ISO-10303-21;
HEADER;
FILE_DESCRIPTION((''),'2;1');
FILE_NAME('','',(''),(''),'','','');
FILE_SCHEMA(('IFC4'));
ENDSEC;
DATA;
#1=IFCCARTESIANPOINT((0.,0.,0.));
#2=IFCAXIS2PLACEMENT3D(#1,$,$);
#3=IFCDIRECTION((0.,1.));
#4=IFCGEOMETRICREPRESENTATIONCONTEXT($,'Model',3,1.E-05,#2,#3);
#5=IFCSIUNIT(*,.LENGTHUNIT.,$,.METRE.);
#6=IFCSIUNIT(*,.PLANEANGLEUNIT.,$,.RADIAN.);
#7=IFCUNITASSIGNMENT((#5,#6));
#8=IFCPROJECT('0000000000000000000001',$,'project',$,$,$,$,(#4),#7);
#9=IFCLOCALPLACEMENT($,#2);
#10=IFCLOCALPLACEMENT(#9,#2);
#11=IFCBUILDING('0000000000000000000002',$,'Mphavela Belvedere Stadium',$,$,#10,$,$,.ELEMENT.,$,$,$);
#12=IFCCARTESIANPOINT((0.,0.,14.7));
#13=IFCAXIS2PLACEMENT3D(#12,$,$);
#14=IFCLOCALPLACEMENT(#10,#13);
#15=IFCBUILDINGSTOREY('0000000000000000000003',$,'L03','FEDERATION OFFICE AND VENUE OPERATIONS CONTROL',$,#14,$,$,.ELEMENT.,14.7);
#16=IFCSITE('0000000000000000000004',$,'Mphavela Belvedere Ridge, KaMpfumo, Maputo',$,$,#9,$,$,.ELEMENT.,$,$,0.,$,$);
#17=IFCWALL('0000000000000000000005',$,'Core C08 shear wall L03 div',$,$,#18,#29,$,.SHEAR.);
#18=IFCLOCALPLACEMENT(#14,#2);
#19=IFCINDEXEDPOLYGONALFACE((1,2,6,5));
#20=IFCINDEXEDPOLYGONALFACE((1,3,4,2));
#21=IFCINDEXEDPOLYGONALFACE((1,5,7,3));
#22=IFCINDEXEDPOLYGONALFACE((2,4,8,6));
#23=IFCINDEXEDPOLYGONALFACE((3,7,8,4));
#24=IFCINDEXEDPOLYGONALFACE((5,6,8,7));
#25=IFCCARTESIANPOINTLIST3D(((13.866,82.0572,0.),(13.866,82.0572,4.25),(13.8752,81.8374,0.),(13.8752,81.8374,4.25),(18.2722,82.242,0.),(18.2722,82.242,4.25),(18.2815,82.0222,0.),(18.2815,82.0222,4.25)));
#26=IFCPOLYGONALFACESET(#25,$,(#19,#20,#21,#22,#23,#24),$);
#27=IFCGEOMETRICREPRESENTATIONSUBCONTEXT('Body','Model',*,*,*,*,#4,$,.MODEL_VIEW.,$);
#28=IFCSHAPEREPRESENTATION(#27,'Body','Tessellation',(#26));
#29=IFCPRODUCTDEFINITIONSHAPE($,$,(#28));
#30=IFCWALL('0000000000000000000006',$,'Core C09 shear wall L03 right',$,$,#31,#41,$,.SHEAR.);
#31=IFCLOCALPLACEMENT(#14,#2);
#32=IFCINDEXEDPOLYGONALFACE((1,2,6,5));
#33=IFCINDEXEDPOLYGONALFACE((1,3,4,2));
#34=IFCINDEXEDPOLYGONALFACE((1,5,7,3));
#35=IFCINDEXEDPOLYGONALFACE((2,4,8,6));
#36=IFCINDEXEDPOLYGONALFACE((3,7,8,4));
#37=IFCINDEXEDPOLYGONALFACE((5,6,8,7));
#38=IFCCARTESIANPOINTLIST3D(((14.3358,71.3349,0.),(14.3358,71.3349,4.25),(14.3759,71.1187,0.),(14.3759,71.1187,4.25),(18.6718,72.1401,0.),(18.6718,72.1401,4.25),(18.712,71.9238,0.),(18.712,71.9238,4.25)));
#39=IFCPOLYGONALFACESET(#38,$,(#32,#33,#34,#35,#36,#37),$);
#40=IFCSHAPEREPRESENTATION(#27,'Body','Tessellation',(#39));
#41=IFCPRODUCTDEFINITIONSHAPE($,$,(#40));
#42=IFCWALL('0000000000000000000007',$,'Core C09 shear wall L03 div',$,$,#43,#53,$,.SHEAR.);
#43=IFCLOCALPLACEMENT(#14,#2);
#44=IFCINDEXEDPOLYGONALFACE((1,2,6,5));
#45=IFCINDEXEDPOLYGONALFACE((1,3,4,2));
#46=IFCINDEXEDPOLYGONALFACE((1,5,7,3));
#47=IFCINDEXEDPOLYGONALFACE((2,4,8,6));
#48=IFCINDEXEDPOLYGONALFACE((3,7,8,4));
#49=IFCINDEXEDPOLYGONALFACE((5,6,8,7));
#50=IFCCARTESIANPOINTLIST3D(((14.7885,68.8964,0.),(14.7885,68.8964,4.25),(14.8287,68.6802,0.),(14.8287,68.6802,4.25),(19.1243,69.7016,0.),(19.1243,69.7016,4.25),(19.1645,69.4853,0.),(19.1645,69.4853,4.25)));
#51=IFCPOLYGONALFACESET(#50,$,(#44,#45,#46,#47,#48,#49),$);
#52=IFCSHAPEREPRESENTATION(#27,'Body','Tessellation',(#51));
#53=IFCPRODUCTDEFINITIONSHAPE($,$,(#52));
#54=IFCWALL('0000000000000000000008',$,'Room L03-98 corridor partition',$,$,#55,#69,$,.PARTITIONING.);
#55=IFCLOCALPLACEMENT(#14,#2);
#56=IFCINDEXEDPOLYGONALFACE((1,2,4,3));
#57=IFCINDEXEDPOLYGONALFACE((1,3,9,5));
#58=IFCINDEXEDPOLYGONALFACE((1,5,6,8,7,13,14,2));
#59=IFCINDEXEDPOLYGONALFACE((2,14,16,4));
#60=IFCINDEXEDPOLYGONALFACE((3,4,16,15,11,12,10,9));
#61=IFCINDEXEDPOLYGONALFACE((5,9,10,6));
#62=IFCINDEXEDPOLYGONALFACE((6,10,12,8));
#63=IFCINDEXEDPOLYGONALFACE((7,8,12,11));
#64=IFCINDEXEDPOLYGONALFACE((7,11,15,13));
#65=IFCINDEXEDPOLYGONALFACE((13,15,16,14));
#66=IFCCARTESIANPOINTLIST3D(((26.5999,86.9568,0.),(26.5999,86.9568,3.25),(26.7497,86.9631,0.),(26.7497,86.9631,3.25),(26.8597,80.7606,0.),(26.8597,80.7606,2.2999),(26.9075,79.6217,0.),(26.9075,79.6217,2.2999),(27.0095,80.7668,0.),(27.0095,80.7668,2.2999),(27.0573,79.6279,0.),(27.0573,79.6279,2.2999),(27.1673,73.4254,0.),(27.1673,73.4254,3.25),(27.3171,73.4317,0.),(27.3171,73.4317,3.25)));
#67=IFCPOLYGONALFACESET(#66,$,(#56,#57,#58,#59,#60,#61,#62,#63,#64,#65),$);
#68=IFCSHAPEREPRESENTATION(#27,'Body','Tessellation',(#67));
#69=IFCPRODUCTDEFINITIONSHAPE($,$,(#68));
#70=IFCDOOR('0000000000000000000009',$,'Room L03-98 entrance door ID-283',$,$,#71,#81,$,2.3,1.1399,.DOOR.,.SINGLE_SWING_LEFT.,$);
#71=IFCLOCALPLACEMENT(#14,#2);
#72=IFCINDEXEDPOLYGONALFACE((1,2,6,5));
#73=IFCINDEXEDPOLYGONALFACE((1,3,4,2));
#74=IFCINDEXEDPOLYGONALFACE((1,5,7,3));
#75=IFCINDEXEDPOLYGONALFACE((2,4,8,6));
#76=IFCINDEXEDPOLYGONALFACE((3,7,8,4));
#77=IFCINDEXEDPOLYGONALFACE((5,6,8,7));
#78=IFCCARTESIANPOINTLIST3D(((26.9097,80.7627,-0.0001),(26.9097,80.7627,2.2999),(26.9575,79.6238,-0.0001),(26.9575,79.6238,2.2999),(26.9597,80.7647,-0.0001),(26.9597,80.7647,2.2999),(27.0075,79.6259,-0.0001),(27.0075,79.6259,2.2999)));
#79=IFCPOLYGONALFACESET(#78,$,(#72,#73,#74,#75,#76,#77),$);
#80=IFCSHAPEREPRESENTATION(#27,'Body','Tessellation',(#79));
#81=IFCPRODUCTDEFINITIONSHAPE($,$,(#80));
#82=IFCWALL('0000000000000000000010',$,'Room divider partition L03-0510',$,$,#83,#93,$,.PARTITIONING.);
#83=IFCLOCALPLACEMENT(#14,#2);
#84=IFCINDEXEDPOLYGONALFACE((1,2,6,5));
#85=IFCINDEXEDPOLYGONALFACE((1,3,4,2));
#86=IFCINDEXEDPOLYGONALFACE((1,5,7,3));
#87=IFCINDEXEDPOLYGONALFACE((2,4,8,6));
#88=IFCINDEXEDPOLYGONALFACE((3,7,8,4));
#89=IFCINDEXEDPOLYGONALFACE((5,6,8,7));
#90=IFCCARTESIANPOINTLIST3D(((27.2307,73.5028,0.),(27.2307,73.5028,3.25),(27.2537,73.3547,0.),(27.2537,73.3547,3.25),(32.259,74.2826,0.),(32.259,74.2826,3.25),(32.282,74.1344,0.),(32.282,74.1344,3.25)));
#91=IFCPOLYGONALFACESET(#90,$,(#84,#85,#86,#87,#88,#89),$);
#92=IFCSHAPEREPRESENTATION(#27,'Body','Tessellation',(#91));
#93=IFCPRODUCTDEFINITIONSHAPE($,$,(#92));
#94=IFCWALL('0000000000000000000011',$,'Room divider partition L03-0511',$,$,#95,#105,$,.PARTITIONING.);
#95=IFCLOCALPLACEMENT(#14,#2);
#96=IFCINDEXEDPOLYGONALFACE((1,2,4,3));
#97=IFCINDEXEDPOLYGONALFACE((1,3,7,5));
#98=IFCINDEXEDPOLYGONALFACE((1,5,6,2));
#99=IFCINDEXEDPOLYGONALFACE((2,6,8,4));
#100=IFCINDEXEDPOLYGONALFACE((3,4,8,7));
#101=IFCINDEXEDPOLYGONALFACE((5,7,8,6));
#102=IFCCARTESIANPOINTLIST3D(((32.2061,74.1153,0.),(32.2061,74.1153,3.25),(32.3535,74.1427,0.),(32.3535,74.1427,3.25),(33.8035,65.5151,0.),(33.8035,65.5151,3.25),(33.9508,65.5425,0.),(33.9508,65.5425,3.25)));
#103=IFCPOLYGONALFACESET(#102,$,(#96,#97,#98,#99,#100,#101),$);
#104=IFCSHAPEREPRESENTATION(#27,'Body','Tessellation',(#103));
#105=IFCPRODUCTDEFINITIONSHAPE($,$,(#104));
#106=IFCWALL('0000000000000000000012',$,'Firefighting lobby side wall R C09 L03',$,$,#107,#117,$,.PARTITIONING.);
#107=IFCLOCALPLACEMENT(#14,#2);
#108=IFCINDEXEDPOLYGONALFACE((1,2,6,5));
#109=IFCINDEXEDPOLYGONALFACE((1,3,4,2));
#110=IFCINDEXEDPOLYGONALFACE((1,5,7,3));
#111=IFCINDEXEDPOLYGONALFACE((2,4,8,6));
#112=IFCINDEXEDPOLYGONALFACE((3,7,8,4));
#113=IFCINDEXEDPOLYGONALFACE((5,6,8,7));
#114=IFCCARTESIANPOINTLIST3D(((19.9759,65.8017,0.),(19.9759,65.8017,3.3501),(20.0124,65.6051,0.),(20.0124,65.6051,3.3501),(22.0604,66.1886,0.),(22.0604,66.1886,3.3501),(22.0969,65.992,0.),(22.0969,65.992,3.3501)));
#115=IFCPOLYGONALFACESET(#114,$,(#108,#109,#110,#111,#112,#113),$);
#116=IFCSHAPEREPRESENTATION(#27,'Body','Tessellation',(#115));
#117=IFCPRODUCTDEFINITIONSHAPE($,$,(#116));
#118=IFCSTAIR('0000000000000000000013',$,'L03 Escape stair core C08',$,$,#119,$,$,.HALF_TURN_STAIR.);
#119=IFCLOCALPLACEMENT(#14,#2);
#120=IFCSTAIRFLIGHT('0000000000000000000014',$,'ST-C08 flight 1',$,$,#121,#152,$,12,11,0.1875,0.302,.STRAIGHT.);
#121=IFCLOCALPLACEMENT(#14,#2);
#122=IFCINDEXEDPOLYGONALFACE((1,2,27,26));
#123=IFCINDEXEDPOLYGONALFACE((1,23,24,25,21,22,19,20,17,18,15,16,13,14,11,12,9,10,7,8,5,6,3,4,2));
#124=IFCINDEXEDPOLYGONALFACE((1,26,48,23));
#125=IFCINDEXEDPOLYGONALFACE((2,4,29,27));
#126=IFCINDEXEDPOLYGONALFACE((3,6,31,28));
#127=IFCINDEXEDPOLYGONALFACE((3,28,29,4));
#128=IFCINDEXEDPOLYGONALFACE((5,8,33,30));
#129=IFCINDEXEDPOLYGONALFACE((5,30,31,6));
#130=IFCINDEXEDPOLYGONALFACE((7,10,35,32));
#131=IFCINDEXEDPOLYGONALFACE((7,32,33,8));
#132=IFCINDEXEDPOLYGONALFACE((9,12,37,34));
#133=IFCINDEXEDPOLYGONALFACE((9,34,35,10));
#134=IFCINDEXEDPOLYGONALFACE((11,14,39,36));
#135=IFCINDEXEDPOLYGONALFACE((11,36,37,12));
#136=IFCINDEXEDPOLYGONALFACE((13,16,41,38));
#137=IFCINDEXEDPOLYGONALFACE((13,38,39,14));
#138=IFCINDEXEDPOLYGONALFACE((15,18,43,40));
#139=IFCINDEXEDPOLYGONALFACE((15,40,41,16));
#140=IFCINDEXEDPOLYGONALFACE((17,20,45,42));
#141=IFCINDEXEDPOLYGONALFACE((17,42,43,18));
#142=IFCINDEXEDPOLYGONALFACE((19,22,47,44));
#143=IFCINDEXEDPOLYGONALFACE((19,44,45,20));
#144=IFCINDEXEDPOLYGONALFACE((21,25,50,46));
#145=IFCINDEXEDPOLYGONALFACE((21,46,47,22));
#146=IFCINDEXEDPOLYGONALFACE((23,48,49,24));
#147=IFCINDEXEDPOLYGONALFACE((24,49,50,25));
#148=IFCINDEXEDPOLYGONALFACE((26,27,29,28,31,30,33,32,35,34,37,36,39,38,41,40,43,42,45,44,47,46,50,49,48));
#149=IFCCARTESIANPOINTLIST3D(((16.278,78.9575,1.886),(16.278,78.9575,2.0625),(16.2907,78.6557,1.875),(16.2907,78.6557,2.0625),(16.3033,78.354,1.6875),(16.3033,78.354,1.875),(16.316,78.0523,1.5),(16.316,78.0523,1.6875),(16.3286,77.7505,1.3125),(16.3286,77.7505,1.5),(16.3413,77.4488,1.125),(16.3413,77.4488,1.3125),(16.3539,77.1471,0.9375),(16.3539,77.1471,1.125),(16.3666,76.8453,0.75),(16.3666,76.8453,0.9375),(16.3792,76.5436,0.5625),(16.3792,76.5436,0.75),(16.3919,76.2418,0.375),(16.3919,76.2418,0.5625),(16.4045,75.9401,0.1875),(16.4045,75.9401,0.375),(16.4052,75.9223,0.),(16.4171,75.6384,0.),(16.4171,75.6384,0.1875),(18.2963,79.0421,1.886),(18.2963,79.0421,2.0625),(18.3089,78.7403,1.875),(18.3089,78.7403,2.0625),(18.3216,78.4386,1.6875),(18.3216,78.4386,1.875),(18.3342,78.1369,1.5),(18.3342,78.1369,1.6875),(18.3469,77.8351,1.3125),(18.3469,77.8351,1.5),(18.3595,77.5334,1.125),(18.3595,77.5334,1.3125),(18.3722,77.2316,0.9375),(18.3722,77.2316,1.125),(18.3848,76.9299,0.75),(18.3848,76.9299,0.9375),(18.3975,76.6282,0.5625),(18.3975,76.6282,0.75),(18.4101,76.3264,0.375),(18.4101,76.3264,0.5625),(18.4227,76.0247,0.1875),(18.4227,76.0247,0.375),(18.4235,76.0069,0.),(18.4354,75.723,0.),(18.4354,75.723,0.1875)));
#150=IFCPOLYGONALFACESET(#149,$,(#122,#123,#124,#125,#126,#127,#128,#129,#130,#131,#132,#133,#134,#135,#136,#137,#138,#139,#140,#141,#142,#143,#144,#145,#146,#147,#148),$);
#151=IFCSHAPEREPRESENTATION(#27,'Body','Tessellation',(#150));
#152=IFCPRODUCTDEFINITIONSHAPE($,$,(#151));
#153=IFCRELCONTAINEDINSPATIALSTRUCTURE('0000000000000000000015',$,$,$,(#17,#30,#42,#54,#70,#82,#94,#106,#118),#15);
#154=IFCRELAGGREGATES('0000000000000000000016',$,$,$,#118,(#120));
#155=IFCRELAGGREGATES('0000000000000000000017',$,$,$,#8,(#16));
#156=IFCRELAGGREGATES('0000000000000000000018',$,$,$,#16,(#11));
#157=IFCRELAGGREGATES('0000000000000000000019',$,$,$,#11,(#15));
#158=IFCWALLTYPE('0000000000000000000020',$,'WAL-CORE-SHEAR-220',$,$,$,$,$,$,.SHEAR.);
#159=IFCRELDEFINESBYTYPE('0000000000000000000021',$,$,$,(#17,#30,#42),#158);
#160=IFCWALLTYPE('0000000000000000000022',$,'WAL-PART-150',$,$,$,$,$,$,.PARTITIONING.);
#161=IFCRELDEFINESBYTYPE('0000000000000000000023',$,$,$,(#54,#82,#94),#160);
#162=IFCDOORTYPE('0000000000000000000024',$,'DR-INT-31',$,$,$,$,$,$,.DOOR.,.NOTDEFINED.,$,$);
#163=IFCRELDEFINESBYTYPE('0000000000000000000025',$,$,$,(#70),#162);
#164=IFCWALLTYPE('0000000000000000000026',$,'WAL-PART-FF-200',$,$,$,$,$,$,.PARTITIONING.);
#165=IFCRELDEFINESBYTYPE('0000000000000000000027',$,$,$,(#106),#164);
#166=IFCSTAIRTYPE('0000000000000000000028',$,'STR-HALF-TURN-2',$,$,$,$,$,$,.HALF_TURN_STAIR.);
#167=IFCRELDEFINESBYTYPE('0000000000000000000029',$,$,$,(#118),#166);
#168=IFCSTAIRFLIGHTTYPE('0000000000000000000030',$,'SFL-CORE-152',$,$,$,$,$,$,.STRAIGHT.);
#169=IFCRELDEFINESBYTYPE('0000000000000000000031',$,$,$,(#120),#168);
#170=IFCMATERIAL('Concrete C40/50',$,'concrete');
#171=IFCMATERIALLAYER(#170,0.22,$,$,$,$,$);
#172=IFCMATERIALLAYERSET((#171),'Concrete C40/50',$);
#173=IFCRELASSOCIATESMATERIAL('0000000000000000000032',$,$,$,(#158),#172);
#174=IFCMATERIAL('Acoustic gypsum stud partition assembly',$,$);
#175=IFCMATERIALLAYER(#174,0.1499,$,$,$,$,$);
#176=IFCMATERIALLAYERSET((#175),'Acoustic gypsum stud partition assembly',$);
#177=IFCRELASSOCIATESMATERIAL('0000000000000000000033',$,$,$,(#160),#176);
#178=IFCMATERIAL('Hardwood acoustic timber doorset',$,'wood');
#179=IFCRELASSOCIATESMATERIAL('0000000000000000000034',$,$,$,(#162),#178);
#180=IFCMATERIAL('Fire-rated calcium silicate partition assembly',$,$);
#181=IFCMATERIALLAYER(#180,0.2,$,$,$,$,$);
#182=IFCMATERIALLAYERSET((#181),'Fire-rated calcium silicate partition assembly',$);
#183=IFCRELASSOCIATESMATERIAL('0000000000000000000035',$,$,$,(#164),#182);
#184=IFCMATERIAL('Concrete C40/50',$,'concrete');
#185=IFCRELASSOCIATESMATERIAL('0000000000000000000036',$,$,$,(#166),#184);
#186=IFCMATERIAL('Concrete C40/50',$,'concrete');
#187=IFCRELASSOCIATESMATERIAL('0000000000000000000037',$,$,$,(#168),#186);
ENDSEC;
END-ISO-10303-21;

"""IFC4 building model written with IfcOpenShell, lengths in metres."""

from ifc_helpers import new_model, si_unit, direction, frame, frame_2d, origin, place, context, subcontext, project, spatial, polyline, rectangle, outline, extrude, material, layer, layer_set, type_object, element, fill, aggregate, save


model = new_model("IFC4")

# Units and contexts
model_context = context("Model", 3, precision=1e-05, world=origin(), true_north=direction((0.0, 1.0)))
body_context = subcontext(model_context, "Body", "Model", "MODEL_VIEW")
ifc_project = project(units=[si_unit("LENGTHUNIT", "METRE"), si_unit("PLANEANGLEUNIT", "RADIAN")], contexts=[model_context])

# Site, building, storey
site_placement = place(None, origin())
site = spatial("IfcSite", under=ifc_project, at=site_placement, Name="Mphavela Belvedere Ridge, KaMpfumo, Maputo", CompositionType="ELEMENT", RefElevation=0.0)
building_placement = place(site_placement, origin())
building = spatial("IfcBuilding", under=site, at=building_placement, Name="Mphavela Belvedere Stadium", CompositionType="ELEMENT")
storey_placement = place(building_placement, frame((0.0, 0.0, 14.7)))
storey = spatial("IfcBuildingStorey", under=building, at=storey_placement, Name="L03", Description="FEDERATION OFFICE AND VENUE OPERATIONS CONTROL", CompositionType="ELEMENT", Elevation=14.7)

# Shared definitions
ifc_material_1 = material(Name="Concrete C40/50", Category="concrete")
ifc_layer_1 = layer(ifc_material_1, 0.22)
ifc_layer_set_1 = layer_set([ifc_layer_1], Name="Concrete C40/50")
wall_type_1 = type_object("IfcWallType", Name="WAL-CORE-SHEAR-220", PredefinedType="SHEAR", material=ifc_layer_set_1)

# Walls
for number, where, z_axis, x_axis, name in (
    (1, (18.2769, 82.1321, 0.0), (0.0, 0.0, 1.0), (-0.999122, -0.041907, 0.0), "Core C08 shear wall L03 div"),
    (2, (18.6919, 72.032, 0.0), (0.0, 0.0, 1.0), (-0.983192, -0.182577, 0.0), "Core C09 shear wall L03 right"),
):
    element("IfcWall", number, at=place(storey_placement, frame(where, z_axis=z_axis, x_axis=x_axis)), inside=storey, type_object=wall_type_1, Name=name, PredefinedType="SHEAR", context=body_context, shape_type="SweptSolid", body=[
        extrude(rectangle(XDim=4.4102, YDim=0.22, at=frame_2d((2.2051, 0.0))), origin(), (0.0, 0.0, 1.0), 4.25),
    ])
wall_1_placement = place(storey_placement, frame((19.1445, 69.5935, 0.0), z_axis=(0.0, 0.0, 1.0), x_axis=(-0.98319, -0.182587, 0.0)))
element("IfcWall", 3, at=wall_1_placement, inside=storey, type_object=wall_type_1, Name="Core C09 shear wall L03 div", PredefinedType="SHEAR", context=body_context, shape_type="SweptSolid", body=[
    extrude(rectangle(XDim=4.4099, YDim=0.22, at=frame_2d((2.2051, 0.0))), origin(), (0.0, 0.0, 1.0), 4.25),
])

# Wall, opening, door
ifc_material_2 = material(Name="Acoustic gypsum stud partition assembly")
ifc_layer_2 = layer(ifc_material_2, 0.1499)
ifc_layer_set_2 = layer_set([ifc_layer_2], Name="Acoustic gypsum stud partition assembly")
wall_type_2 = type_object("IfcWallType", Name="WAL-PART-150", PredefinedType="PARTITIONING", material=ifc_layer_set_2)
wall_2_placement = place(storey_placement, frame((27.2422, 73.4287, 0.0), z_axis=(0.0, 0.0, 1.0), x_axis=(-0.041894, 0.999122, 0.0)))
wall_2 = element("IfcWall", 4, at=wall_2_placement, inside=storey, type_object=wall_type_2, Name="Room L03-98 corridor partition", PredefinedType="PARTITIONING", context=body_context, shape_type="SweptSolid", body=[
    extrude(rectangle(XDim=13.5432, YDim=0.1499, at=frame_2d((6.7715, 0.0))), origin(), (0.0, 0.0, 1.0), 3.25),
])
opening_1_placement = place(wall_2_placement, frame((6.2017, 0.0, 0.0)))
opening_1 = element("IfcOpeningElement", 5, at=opening_1_placement, cuts=wall_2, PredefinedType="OPENING", context=body_context, shape_type="SweptSolid", body=[
    extrude(rectangle(XDim=1.1399, YDim=2.3, at=frame_2d((0.5698, 1.1499))), frame((0.0, 0.085, 0.0), z_axis=(0.0, -1.0, 0.0), x_axis=(1.0, 0.0, 0.0)), (0.0, 0.0, 1.0), 0.1699),
])
ifc_material_3 = material(Name="Hardwood acoustic timber doorset", Category="wood")
door_type_1 = type_object("IfcDoorType", Name="DR-INT-31", OperationType="NOTDEFINED", PredefinedType="DOOR", material=ifc_material_3)
door_1_placement = place(opening_1_placement, origin())
door_1 = element("IfcDoor", 6, at=door_1_placement, inside=storey, type_object=door_type_1, Name="Room L03-98 entrance door ID-283", OperationType="SINGLE_SWING_LEFT", OverallHeight=2.3, OverallWidth=1.1399, PredefinedType="DOOR", context=body_context, shape_type="SweptSolid", body=[
    extrude(rectangle(XDim=1.1399, YDim=2.3, at=frame_2d((0.5698, 1.1499))), frame((0.0, 0.0249, 0.0), z_axis=(0.0, -1.0, 0.0), x_axis=(1.0, 0.0, 0.0)), (0.0, 0.0, 1.0), 0.05),
])
fill(opening_1, door_1)

# Walls
wall_3_placement = place(storey_placement, frame((32.2705, 74.2085, 0.0), z_axis=(0.0, 0.0, 1.0), x_axis=(-0.988188, -0.153247, 0.0)))
element("IfcWall", 7, at=wall_3_placement, inside=storey, type_object=wall_type_2, Name="Room divider partition L03-0510", PredefinedType="PARTITIONING", context=body_context, shape_type="SweptSolid", body=[
    extrude(rectangle(XDim=5.0884, YDim=0.1499, at=frame_2d((2.5442, 0.0))), origin(), (0.0, 0.0, 1.0), 3.25),
])
wall_4_placement = place(storey_placement, frame((32.2798, 74.1289, 0.0), z_axis=(0.0, 0.0, 1.0), x_axis=(0.182615, -0.983185, 0.0)))
element("IfcWall", 8, at=wall_4_placement, inside=storey, type_object=wall_type_2, Name="Room divider partition L03-0511", PredefinedType="PARTITIONING", context=body_context, shape_type="SweptSolid", body=[
    extrude(rectangle(XDim=8.7473, YDim=0.1499, at=frame_2d((4.3735, 0.0))), origin(), (0.0, 0.0, 1.0), 3.25),
])
ifc_material_4 = material(Name="Fire-rated calcium silicate partition assembly")
ifc_layer_3 = layer(ifc_material_4, 0.2)
ifc_layer_set_3 = layer_set([ifc_layer_3], Name="Fire-rated calcium silicate partition assembly")
wall_type_3 = type_object("IfcWallType", Name="WAL-PART-FF-200", PredefinedType="PARTITIONING", material=ifc_layer_set_3)
wall_5_placement = place(storey_placement, frame((22.0786, 66.0903, 0.0), z_axis=(0.0, 0.0, 1.0), x_axis=(-0.983202, -0.182522, 0.0)))
element("IfcWall", 9, at=wall_5_placement, inside=storey, type_object=wall_type_3, Name="Firefighting lobby side wall R C09 L03", PredefinedType="PARTITIONING", context=body_context, shape_type="SweptSolid", body=[
    extrude(rectangle(XDim=2.1201, YDim=0.2, at=frame_2d((1.0601, 0.0))), origin(), (0.0, 0.0, 1.0), 3.3501),
])

# Stair, stair flight
ifc_material_5 = material(Name="Concrete C40/50", Category="concrete")
stair_type_1 = type_object("IfcStairType", Name="STR-HALF-TURN-2", PredefinedType="HALF_TURN_STAIR", material=ifc_material_5)
stair_1_placement = place(storey_placement, origin())
stair_1 = element("IfcStair", 10, at=stair_1_placement, inside=storey, type_object=stair_type_1, Name="L03 Escape stair core C08", PredefinedType="HALF_TURN_STAIR")
ifc_material_6 = material(Name="Concrete C40/50", Category="concrete")
stair_flight_type = type_object("IfcStairFlightType", Name="SFL-CORE-152", PredefinedType="STRAIGHT", material=ifc_material_6)
stair_flight_1_placement = place(storey_placement, frame((17.4263, 75.6807, 0.0), z_axis=(0.0, 0.0, 1.0), x_axis=(-0.041876, 0.999123, 0.0)))
stair_flight_1 = element("IfcStairFlight", 11, at=stair_flight_1_placement, type_object=stair_flight_type, Name="ST-C08 flight 1", NumberOfRisers=12, NumberOfTreads=11, PredefinedType="STRAIGHT", RiserHeight=0.1875, TreadLength=0.302, context=body_context, shape_type="SweptSolid", body=[
    extrude(outline(polyline([(0.0, 0.0), (0.0, 0.1875), (0.302, 0.1875), (0.302, 0.375), (0.604, 0.375), (0.604, 0.5625), (0.906, 0.5625), (0.906, 0.75), (1.208, 0.75), (1.208, 0.9375), (1.51, 0.9375), (1.51, 1.125), (1.812, 1.125), (1.812, 1.3125), (2.114, 1.3125), (2.114, 1.5), (2.416, 1.5), (2.416, 1.6875), (2.718, 1.6875), (2.718, 1.875), (3.02, 1.875), (3.02, 2.0625), (3.322, 2.0625), (3.322, 2.25), (3.322, 1.886), (0.2842, 0.0), (0.0, 0.0)])), frame((0.0, 1.01, 0.0), z_axis=(0.0, -1.0, 0.0), x_axis=(1.0, 0.0, 0.0)), (0.0, 0.0, 1.0), 2.02),
])
aggregate(stair_1, [stair_flight_1])

save(model, "model.ifc")
